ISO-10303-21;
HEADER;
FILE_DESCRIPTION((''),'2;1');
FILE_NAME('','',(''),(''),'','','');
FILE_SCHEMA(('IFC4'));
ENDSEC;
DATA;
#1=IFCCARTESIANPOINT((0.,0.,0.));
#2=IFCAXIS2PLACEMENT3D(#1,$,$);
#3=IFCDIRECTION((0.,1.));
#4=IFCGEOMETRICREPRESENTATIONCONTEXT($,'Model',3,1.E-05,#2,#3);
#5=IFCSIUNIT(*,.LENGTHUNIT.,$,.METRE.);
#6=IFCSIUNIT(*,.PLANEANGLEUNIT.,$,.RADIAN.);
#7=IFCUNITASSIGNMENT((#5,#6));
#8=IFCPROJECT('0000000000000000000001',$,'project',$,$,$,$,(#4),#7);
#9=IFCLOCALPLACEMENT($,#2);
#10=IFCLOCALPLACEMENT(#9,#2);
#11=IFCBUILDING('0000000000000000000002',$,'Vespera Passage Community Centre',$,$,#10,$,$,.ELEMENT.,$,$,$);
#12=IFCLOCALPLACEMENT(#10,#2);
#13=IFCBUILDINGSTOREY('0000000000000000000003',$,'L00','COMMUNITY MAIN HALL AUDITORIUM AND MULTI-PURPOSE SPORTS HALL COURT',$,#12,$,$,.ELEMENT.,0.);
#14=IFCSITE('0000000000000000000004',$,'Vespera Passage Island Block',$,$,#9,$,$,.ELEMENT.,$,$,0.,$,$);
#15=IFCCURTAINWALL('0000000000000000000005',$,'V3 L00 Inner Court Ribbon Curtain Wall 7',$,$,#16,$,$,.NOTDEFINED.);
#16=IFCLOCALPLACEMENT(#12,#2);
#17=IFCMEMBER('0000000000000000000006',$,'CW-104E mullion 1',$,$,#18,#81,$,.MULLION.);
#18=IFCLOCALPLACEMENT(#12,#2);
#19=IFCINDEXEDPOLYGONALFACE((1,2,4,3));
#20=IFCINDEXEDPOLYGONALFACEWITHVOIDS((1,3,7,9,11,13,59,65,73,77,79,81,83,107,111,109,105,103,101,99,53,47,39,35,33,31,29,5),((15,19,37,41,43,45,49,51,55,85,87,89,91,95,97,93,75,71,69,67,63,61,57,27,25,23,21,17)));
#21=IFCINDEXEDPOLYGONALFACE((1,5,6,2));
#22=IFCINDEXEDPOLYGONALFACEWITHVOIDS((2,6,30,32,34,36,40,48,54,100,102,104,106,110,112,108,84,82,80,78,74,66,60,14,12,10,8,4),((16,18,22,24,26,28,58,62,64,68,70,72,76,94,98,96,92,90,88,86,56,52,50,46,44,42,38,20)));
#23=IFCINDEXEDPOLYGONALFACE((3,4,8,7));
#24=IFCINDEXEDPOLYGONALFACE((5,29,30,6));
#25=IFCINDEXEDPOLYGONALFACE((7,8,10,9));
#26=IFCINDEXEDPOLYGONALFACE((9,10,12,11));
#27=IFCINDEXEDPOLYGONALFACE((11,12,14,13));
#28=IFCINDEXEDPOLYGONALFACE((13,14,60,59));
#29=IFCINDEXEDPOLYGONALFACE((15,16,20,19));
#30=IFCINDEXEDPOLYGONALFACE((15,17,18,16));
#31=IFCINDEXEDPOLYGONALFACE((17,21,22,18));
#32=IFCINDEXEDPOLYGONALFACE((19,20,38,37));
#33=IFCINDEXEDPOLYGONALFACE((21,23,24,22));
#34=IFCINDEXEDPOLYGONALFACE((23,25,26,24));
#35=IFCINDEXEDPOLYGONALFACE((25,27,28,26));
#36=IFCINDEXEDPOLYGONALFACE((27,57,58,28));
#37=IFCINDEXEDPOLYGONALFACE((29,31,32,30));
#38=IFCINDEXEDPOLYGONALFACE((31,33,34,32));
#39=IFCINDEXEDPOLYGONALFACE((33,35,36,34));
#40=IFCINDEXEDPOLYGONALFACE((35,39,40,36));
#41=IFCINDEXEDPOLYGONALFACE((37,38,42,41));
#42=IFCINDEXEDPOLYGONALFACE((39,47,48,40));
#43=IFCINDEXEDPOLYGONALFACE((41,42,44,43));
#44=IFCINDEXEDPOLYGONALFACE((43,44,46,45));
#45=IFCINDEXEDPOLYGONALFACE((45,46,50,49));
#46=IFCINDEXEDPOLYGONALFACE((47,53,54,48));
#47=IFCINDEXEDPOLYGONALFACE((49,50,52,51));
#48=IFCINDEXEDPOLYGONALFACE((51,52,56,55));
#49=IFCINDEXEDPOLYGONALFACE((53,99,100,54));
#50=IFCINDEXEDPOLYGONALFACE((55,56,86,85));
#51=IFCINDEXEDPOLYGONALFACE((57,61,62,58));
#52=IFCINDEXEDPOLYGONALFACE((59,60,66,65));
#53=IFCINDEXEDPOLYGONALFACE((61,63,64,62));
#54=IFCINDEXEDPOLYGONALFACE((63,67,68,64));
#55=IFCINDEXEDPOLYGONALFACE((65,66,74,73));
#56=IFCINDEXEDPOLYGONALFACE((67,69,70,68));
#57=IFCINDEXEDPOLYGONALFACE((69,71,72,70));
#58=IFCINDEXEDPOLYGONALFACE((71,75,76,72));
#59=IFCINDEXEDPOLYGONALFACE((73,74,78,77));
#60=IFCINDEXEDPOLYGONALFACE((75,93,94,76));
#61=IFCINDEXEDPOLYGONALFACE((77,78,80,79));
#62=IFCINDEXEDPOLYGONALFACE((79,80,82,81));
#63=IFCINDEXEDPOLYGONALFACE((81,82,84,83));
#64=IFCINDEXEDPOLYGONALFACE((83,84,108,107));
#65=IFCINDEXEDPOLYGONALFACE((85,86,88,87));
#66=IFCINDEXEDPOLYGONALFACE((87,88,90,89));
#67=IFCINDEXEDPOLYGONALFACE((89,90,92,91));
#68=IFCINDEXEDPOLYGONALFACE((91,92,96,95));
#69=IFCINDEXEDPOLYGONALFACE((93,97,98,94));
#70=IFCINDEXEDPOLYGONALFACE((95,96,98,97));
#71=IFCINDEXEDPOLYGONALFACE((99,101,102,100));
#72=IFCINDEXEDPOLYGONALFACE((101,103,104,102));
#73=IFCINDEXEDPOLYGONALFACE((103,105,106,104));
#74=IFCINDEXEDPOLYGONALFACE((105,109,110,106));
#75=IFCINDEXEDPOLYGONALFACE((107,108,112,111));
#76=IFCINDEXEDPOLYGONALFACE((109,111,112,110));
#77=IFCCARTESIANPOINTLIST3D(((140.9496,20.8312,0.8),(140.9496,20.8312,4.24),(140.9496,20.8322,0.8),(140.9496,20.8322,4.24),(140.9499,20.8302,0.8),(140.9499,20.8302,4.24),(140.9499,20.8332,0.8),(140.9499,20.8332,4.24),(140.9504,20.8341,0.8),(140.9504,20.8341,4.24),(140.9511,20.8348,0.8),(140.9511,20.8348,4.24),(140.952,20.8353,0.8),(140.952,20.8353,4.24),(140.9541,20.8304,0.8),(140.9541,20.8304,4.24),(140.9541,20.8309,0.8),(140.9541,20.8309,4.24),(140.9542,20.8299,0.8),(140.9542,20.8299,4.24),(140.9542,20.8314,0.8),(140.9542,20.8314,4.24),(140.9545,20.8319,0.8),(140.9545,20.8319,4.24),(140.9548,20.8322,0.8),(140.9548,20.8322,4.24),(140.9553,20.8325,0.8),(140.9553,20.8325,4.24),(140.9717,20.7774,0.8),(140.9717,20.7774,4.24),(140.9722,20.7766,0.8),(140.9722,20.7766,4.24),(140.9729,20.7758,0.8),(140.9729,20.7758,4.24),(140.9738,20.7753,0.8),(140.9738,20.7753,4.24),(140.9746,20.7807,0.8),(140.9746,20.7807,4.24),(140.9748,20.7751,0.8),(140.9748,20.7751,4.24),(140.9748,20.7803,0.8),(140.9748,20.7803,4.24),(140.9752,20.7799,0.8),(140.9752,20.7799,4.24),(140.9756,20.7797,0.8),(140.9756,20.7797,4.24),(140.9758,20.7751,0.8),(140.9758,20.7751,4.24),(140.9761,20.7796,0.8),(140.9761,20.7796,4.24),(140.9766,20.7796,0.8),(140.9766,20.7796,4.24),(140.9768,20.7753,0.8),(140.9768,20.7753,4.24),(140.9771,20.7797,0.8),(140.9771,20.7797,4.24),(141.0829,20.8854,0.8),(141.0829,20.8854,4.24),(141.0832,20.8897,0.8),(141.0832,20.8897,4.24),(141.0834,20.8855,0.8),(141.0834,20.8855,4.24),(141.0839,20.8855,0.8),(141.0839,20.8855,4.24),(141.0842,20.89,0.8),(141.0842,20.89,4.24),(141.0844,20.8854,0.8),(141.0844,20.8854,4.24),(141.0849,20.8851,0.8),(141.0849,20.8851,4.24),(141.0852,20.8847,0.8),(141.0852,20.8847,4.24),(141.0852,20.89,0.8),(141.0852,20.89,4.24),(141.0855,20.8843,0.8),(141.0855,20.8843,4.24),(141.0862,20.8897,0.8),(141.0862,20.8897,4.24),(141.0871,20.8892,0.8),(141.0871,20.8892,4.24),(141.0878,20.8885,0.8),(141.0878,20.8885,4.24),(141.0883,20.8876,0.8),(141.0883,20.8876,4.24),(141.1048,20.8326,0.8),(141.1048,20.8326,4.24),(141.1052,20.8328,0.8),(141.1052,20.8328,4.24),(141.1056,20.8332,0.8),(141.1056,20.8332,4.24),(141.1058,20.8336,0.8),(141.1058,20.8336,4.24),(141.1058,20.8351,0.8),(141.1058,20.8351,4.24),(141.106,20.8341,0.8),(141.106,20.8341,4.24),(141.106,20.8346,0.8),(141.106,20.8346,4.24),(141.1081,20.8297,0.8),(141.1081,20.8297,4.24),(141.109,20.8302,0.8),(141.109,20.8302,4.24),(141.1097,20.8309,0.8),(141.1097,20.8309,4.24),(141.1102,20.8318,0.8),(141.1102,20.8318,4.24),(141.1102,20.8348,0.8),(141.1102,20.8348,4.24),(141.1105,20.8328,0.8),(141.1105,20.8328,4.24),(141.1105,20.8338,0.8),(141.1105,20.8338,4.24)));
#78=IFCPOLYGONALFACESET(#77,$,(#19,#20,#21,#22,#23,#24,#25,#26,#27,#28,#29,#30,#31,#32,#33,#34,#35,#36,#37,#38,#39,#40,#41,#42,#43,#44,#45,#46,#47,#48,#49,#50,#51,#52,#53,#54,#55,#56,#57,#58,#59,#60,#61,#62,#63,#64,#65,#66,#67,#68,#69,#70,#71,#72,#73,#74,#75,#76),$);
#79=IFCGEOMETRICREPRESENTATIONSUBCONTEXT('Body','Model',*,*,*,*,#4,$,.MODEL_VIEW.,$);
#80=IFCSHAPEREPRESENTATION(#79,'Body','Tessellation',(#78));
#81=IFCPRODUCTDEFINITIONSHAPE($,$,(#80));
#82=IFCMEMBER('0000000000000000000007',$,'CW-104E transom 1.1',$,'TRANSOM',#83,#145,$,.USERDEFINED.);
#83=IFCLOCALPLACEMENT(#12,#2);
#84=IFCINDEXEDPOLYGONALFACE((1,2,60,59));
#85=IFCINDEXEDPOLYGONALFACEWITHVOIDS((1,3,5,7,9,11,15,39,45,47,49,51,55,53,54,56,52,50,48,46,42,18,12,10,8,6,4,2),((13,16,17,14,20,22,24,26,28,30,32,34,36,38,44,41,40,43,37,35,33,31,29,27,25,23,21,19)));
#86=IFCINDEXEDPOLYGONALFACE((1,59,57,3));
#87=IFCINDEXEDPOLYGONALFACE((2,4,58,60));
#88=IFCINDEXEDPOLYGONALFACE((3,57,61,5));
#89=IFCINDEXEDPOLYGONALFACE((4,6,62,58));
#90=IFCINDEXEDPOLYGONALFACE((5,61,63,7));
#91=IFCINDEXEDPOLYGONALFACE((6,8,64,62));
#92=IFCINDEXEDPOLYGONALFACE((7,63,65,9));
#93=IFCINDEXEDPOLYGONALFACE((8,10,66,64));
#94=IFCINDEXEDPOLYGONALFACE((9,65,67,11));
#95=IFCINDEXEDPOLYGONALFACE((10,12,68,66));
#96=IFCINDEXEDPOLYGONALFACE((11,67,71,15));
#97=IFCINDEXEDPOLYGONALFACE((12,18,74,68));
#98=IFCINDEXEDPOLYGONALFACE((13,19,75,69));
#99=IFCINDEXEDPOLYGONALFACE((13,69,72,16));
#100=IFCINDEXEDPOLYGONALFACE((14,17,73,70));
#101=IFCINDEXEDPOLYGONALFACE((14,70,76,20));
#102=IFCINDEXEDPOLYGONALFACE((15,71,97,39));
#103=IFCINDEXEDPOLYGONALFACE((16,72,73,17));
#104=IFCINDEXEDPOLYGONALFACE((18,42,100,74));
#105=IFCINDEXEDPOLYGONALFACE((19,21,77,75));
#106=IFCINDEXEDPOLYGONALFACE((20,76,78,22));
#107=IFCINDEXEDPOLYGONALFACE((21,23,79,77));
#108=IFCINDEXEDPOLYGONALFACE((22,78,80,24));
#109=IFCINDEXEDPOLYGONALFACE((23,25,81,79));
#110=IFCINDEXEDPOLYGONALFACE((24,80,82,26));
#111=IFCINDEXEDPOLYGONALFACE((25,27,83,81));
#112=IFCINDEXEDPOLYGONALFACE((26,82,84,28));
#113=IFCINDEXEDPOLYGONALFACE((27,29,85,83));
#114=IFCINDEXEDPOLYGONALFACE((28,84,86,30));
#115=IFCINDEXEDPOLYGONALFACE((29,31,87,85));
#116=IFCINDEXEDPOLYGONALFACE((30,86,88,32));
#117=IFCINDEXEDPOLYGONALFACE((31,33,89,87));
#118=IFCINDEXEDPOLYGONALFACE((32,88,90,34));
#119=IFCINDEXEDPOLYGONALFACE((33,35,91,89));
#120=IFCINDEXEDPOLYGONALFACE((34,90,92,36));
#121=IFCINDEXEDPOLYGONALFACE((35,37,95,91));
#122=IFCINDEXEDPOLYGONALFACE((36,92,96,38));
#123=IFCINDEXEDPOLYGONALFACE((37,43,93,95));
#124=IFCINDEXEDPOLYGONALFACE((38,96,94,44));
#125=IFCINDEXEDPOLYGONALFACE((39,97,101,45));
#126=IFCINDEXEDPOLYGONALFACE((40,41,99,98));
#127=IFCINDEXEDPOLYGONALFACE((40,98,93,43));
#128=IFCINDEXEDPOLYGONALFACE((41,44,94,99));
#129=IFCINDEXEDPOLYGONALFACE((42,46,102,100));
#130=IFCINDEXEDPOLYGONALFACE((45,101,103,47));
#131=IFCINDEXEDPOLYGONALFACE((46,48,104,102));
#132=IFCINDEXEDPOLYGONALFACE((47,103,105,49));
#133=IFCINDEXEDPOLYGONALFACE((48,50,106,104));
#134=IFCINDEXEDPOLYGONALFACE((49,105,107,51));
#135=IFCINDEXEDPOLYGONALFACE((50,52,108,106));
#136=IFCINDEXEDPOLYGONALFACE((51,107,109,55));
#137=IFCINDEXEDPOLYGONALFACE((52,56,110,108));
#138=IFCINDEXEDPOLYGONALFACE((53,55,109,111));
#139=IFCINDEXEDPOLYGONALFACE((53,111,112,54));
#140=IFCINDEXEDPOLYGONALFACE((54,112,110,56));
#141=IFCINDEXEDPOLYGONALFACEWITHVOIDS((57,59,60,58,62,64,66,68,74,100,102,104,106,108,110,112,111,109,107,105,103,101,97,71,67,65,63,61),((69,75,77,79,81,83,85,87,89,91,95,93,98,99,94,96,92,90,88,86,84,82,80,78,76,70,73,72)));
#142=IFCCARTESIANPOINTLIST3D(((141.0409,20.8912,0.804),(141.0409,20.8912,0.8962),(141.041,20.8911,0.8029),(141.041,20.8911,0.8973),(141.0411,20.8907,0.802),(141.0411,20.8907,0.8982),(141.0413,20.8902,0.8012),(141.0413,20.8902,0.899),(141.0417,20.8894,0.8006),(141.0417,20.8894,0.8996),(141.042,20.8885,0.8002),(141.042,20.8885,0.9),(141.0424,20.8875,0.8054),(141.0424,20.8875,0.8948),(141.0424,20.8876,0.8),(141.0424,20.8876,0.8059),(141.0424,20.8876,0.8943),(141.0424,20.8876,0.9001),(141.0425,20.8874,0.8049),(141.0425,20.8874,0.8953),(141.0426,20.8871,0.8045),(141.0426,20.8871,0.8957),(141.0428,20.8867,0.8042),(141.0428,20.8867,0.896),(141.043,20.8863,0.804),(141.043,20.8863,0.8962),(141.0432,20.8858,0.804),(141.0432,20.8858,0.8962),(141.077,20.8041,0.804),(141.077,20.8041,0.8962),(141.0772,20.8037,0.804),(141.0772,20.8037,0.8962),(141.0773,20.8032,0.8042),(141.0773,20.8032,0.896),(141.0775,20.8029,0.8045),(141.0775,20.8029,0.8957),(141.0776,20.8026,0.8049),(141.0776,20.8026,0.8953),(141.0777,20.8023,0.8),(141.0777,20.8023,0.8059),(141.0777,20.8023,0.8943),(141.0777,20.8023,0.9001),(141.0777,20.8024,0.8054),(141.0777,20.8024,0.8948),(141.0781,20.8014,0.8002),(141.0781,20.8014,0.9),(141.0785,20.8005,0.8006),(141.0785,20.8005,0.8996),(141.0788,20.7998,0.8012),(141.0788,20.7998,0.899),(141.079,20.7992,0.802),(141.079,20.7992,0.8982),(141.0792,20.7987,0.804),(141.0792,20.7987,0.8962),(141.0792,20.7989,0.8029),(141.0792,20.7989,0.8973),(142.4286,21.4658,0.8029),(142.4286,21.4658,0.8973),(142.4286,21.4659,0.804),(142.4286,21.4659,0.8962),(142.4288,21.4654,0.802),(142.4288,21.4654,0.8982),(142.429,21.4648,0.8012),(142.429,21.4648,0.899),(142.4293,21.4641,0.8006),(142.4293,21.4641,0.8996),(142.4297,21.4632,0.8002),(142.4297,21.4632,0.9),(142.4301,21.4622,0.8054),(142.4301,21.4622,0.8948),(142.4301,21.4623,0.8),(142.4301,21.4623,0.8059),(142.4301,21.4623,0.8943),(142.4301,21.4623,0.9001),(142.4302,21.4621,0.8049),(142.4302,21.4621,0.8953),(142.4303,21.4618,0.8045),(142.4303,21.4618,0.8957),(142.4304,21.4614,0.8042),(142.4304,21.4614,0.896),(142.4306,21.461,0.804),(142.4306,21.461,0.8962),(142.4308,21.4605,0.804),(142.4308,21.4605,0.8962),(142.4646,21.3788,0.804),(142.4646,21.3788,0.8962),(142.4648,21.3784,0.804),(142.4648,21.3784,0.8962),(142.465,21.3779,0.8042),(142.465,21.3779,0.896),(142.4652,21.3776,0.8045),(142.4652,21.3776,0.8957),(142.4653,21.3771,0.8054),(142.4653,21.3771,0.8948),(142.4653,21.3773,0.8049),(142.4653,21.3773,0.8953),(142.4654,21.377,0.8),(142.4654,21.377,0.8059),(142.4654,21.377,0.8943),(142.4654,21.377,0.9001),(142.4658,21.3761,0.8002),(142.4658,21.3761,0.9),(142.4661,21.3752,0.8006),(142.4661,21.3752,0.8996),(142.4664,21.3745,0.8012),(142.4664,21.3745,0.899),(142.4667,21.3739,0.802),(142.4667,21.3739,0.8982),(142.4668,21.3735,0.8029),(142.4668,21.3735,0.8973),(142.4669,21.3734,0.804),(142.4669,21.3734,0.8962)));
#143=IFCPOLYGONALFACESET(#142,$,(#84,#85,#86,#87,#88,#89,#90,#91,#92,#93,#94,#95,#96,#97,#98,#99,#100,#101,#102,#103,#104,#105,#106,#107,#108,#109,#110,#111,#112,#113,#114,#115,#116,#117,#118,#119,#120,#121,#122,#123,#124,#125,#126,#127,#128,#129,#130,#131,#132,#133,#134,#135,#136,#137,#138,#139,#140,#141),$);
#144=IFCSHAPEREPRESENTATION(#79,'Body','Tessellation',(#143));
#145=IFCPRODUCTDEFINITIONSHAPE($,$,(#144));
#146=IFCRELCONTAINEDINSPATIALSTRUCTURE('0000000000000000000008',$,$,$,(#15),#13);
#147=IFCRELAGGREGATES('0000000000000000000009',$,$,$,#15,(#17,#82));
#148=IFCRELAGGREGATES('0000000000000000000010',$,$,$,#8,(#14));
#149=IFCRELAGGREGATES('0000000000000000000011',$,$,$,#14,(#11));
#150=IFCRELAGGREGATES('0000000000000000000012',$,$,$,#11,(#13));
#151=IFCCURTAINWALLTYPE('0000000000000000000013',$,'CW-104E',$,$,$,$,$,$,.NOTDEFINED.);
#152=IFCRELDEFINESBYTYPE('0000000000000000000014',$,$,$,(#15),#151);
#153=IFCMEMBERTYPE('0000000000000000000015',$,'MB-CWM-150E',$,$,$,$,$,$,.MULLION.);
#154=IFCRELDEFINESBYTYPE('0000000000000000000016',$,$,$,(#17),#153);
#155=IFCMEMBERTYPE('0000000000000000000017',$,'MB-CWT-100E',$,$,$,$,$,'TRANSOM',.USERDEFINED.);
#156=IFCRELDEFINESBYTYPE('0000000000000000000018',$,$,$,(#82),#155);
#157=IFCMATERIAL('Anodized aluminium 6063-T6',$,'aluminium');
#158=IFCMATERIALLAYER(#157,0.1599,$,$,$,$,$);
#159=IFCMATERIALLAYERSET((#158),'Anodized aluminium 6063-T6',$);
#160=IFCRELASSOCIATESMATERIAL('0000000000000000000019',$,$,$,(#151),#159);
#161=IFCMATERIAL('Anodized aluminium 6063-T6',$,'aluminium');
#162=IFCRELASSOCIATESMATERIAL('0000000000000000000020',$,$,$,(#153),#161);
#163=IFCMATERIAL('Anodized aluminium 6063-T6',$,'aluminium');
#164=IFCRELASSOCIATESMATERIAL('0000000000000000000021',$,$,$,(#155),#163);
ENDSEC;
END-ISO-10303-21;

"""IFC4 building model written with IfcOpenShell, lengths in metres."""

from ifc_helpers import new_model, si_unit, direction, frame, origin, origin_2d, place, context, subcontext, project, spatial, hollow_rectangle, extrude, material, layer, layer_set, material_profile, profile_set, type_object, element, aggregate, save


model = new_model("IFC4")

# Units and contexts
model_context = context("Model", 3, precision=1e-05, world=origin(), true_north=direction((0.0, 1.0)))
body_context = subcontext(model_context, "Body", "Model", "MODEL_VIEW")
ifc_project = project(units=[si_unit("LENGTHUNIT", "METRE"), si_unit("PLANEANGLEUNIT", "RADIAN")], contexts=[model_context])

# Site, building, storey
site_placement = place(None, origin())
site = spatial("IfcSite", under=ifc_project, at=site_placement, Name="Vespera Passage Island Block", CompositionType="ELEMENT", RefElevation=0.0)
building_placement = place(site_placement, origin())
building = spatial("IfcBuilding", under=site, at=building_placement, Name="Vespera Passage Community Centre", CompositionType="ELEMENT")
storey_placement = place(building_placement, origin())
storey = spatial("IfcBuildingStorey", under=building, at=storey_placement, Name="L00", Description="COMMUNITY MAIN HALL AUDITORIUM AND MULTI-PURPOSE SPORTS HALL COURT", CompositionType="ELEMENT", Elevation=0.0)

# Shared definitions
ifc_material_1 = material(Name="Anodized aluminium 6063-T6", Category="aluminium")
ifc_layer_1 = layer(ifc_material_1, 0.1599)
ifc_layer_set_1 = layer_set([ifc_layer_1], Name="Anodized aluminium 6063-T6")
curtain_wall_type = type_object("IfcCurtainWallType", Name="CW-104E", PredefinedType="NOTDEFINED", material=ifc_layer_set_1)
ifc_material_2 = material(Name="Anodized aluminium 6063-T6", Category="aluminium")
ifc_material_profile_1 = material_profile(ifc_material_2, hollow_rectangle(XDim=0.0649, YDim=0.1499, WallThickness=0.0039, InnerFilletRadius=0.002, OuterFilletRadius=0.0039, at=origin_2d()), Name="ALU150X65X4")
ifc_profile_set_1 = profile_set([ifc_material_profile_1], Name="Anodized aluminium 6063-T6")
member_type_1 = type_object("IfcMemberType", Name="MB-CWM-150E", PredefinedType="MULLION", material=ifc_profile_set_1)

# Curtain wall, members
curtain_wall_1_placement = place(storey_placement, origin())
curtain_wall_1 = element("IfcCurtainWall", 1, at=curtain_wall_1_placement, inside=storey, type_object=curtain_wall_type, Name="V3 L00 Inner Court Ribbon Curtain Wall 7", PredefinedType="NOTDEFINED")
member_1_placement = place(storey_placement, frame((141.03, 20.8325, 0.8), z_axis=(0.0, 0.0, 1.0), x_axis=(-0.382686, 0.923879, 0.0)))
member_1 = element("IfcMember", 2, at=member_1_placement, type_object=member_type_1, Name="CW-104E mullion 1", PredefinedType="MULLION", context=body_context, shape_type="SweptSolid", body=[
    extrude(hollow_rectangle(XDim=0.0649, YDim=0.1499, WallThickness=0.0039, InnerFilletRadius=0.002, OuterFilletRadius=0.0039, at=origin_2d()), origin(), (0.0, 0.0, 1.0), 3.4399),
])
ifc_material_3 = material(Name="Anodized aluminium 6063-T6", Category="aluminium")
ifc_material_profile_2 = material_profile(ifc_material_3, hollow_rectangle(XDim=0.1001, YDim=0.1001, WallThickness=0.0039, InnerFilletRadius=0.002, OuterFilletRadius=0.0039, at=origin_2d()), Name="ALU100X100X4")
ifc_profile_set_2 = profile_set([ifc_material_profile_2], Name="Anodized aluminium 6063-T6")
member_type_2 = type_object("IfcMemberType", Name="MB-CWT-100E", ElementType="TRANSOM", PredefinedType="USERDEFINED", material=ifc_profile_set_2)
member_2_placement = place(storey_placement, frame((141.0601, 20.845, 0.8501), z_axis=(0.923902, 0.382629, 0.0), x_axis=(-0.382629, 0.923902, 0.0)))
member_2 = element("IfcMember", 3, at=member_2_placement, type_object=member_type_2, Name="CW-104E transom 1.1", ObjectType="TRANSOM", PredefinedType="USERDEFINED", context=body_context, shape_type="SweptSolid", body=[
    extrude(hollow_rectangle(XDim=0.1001, YDim=0.1001, WallThickness=0.0039, InnerFilletRadius=0.002, OuterFilletRadius=0.0039, at=origin_2d()), origin(), (0.0, 0.0, 1.0), 1.502),
])
aggregate(curtain_wall_1, [member_1, member_2])

save(model, "model.ifc")
